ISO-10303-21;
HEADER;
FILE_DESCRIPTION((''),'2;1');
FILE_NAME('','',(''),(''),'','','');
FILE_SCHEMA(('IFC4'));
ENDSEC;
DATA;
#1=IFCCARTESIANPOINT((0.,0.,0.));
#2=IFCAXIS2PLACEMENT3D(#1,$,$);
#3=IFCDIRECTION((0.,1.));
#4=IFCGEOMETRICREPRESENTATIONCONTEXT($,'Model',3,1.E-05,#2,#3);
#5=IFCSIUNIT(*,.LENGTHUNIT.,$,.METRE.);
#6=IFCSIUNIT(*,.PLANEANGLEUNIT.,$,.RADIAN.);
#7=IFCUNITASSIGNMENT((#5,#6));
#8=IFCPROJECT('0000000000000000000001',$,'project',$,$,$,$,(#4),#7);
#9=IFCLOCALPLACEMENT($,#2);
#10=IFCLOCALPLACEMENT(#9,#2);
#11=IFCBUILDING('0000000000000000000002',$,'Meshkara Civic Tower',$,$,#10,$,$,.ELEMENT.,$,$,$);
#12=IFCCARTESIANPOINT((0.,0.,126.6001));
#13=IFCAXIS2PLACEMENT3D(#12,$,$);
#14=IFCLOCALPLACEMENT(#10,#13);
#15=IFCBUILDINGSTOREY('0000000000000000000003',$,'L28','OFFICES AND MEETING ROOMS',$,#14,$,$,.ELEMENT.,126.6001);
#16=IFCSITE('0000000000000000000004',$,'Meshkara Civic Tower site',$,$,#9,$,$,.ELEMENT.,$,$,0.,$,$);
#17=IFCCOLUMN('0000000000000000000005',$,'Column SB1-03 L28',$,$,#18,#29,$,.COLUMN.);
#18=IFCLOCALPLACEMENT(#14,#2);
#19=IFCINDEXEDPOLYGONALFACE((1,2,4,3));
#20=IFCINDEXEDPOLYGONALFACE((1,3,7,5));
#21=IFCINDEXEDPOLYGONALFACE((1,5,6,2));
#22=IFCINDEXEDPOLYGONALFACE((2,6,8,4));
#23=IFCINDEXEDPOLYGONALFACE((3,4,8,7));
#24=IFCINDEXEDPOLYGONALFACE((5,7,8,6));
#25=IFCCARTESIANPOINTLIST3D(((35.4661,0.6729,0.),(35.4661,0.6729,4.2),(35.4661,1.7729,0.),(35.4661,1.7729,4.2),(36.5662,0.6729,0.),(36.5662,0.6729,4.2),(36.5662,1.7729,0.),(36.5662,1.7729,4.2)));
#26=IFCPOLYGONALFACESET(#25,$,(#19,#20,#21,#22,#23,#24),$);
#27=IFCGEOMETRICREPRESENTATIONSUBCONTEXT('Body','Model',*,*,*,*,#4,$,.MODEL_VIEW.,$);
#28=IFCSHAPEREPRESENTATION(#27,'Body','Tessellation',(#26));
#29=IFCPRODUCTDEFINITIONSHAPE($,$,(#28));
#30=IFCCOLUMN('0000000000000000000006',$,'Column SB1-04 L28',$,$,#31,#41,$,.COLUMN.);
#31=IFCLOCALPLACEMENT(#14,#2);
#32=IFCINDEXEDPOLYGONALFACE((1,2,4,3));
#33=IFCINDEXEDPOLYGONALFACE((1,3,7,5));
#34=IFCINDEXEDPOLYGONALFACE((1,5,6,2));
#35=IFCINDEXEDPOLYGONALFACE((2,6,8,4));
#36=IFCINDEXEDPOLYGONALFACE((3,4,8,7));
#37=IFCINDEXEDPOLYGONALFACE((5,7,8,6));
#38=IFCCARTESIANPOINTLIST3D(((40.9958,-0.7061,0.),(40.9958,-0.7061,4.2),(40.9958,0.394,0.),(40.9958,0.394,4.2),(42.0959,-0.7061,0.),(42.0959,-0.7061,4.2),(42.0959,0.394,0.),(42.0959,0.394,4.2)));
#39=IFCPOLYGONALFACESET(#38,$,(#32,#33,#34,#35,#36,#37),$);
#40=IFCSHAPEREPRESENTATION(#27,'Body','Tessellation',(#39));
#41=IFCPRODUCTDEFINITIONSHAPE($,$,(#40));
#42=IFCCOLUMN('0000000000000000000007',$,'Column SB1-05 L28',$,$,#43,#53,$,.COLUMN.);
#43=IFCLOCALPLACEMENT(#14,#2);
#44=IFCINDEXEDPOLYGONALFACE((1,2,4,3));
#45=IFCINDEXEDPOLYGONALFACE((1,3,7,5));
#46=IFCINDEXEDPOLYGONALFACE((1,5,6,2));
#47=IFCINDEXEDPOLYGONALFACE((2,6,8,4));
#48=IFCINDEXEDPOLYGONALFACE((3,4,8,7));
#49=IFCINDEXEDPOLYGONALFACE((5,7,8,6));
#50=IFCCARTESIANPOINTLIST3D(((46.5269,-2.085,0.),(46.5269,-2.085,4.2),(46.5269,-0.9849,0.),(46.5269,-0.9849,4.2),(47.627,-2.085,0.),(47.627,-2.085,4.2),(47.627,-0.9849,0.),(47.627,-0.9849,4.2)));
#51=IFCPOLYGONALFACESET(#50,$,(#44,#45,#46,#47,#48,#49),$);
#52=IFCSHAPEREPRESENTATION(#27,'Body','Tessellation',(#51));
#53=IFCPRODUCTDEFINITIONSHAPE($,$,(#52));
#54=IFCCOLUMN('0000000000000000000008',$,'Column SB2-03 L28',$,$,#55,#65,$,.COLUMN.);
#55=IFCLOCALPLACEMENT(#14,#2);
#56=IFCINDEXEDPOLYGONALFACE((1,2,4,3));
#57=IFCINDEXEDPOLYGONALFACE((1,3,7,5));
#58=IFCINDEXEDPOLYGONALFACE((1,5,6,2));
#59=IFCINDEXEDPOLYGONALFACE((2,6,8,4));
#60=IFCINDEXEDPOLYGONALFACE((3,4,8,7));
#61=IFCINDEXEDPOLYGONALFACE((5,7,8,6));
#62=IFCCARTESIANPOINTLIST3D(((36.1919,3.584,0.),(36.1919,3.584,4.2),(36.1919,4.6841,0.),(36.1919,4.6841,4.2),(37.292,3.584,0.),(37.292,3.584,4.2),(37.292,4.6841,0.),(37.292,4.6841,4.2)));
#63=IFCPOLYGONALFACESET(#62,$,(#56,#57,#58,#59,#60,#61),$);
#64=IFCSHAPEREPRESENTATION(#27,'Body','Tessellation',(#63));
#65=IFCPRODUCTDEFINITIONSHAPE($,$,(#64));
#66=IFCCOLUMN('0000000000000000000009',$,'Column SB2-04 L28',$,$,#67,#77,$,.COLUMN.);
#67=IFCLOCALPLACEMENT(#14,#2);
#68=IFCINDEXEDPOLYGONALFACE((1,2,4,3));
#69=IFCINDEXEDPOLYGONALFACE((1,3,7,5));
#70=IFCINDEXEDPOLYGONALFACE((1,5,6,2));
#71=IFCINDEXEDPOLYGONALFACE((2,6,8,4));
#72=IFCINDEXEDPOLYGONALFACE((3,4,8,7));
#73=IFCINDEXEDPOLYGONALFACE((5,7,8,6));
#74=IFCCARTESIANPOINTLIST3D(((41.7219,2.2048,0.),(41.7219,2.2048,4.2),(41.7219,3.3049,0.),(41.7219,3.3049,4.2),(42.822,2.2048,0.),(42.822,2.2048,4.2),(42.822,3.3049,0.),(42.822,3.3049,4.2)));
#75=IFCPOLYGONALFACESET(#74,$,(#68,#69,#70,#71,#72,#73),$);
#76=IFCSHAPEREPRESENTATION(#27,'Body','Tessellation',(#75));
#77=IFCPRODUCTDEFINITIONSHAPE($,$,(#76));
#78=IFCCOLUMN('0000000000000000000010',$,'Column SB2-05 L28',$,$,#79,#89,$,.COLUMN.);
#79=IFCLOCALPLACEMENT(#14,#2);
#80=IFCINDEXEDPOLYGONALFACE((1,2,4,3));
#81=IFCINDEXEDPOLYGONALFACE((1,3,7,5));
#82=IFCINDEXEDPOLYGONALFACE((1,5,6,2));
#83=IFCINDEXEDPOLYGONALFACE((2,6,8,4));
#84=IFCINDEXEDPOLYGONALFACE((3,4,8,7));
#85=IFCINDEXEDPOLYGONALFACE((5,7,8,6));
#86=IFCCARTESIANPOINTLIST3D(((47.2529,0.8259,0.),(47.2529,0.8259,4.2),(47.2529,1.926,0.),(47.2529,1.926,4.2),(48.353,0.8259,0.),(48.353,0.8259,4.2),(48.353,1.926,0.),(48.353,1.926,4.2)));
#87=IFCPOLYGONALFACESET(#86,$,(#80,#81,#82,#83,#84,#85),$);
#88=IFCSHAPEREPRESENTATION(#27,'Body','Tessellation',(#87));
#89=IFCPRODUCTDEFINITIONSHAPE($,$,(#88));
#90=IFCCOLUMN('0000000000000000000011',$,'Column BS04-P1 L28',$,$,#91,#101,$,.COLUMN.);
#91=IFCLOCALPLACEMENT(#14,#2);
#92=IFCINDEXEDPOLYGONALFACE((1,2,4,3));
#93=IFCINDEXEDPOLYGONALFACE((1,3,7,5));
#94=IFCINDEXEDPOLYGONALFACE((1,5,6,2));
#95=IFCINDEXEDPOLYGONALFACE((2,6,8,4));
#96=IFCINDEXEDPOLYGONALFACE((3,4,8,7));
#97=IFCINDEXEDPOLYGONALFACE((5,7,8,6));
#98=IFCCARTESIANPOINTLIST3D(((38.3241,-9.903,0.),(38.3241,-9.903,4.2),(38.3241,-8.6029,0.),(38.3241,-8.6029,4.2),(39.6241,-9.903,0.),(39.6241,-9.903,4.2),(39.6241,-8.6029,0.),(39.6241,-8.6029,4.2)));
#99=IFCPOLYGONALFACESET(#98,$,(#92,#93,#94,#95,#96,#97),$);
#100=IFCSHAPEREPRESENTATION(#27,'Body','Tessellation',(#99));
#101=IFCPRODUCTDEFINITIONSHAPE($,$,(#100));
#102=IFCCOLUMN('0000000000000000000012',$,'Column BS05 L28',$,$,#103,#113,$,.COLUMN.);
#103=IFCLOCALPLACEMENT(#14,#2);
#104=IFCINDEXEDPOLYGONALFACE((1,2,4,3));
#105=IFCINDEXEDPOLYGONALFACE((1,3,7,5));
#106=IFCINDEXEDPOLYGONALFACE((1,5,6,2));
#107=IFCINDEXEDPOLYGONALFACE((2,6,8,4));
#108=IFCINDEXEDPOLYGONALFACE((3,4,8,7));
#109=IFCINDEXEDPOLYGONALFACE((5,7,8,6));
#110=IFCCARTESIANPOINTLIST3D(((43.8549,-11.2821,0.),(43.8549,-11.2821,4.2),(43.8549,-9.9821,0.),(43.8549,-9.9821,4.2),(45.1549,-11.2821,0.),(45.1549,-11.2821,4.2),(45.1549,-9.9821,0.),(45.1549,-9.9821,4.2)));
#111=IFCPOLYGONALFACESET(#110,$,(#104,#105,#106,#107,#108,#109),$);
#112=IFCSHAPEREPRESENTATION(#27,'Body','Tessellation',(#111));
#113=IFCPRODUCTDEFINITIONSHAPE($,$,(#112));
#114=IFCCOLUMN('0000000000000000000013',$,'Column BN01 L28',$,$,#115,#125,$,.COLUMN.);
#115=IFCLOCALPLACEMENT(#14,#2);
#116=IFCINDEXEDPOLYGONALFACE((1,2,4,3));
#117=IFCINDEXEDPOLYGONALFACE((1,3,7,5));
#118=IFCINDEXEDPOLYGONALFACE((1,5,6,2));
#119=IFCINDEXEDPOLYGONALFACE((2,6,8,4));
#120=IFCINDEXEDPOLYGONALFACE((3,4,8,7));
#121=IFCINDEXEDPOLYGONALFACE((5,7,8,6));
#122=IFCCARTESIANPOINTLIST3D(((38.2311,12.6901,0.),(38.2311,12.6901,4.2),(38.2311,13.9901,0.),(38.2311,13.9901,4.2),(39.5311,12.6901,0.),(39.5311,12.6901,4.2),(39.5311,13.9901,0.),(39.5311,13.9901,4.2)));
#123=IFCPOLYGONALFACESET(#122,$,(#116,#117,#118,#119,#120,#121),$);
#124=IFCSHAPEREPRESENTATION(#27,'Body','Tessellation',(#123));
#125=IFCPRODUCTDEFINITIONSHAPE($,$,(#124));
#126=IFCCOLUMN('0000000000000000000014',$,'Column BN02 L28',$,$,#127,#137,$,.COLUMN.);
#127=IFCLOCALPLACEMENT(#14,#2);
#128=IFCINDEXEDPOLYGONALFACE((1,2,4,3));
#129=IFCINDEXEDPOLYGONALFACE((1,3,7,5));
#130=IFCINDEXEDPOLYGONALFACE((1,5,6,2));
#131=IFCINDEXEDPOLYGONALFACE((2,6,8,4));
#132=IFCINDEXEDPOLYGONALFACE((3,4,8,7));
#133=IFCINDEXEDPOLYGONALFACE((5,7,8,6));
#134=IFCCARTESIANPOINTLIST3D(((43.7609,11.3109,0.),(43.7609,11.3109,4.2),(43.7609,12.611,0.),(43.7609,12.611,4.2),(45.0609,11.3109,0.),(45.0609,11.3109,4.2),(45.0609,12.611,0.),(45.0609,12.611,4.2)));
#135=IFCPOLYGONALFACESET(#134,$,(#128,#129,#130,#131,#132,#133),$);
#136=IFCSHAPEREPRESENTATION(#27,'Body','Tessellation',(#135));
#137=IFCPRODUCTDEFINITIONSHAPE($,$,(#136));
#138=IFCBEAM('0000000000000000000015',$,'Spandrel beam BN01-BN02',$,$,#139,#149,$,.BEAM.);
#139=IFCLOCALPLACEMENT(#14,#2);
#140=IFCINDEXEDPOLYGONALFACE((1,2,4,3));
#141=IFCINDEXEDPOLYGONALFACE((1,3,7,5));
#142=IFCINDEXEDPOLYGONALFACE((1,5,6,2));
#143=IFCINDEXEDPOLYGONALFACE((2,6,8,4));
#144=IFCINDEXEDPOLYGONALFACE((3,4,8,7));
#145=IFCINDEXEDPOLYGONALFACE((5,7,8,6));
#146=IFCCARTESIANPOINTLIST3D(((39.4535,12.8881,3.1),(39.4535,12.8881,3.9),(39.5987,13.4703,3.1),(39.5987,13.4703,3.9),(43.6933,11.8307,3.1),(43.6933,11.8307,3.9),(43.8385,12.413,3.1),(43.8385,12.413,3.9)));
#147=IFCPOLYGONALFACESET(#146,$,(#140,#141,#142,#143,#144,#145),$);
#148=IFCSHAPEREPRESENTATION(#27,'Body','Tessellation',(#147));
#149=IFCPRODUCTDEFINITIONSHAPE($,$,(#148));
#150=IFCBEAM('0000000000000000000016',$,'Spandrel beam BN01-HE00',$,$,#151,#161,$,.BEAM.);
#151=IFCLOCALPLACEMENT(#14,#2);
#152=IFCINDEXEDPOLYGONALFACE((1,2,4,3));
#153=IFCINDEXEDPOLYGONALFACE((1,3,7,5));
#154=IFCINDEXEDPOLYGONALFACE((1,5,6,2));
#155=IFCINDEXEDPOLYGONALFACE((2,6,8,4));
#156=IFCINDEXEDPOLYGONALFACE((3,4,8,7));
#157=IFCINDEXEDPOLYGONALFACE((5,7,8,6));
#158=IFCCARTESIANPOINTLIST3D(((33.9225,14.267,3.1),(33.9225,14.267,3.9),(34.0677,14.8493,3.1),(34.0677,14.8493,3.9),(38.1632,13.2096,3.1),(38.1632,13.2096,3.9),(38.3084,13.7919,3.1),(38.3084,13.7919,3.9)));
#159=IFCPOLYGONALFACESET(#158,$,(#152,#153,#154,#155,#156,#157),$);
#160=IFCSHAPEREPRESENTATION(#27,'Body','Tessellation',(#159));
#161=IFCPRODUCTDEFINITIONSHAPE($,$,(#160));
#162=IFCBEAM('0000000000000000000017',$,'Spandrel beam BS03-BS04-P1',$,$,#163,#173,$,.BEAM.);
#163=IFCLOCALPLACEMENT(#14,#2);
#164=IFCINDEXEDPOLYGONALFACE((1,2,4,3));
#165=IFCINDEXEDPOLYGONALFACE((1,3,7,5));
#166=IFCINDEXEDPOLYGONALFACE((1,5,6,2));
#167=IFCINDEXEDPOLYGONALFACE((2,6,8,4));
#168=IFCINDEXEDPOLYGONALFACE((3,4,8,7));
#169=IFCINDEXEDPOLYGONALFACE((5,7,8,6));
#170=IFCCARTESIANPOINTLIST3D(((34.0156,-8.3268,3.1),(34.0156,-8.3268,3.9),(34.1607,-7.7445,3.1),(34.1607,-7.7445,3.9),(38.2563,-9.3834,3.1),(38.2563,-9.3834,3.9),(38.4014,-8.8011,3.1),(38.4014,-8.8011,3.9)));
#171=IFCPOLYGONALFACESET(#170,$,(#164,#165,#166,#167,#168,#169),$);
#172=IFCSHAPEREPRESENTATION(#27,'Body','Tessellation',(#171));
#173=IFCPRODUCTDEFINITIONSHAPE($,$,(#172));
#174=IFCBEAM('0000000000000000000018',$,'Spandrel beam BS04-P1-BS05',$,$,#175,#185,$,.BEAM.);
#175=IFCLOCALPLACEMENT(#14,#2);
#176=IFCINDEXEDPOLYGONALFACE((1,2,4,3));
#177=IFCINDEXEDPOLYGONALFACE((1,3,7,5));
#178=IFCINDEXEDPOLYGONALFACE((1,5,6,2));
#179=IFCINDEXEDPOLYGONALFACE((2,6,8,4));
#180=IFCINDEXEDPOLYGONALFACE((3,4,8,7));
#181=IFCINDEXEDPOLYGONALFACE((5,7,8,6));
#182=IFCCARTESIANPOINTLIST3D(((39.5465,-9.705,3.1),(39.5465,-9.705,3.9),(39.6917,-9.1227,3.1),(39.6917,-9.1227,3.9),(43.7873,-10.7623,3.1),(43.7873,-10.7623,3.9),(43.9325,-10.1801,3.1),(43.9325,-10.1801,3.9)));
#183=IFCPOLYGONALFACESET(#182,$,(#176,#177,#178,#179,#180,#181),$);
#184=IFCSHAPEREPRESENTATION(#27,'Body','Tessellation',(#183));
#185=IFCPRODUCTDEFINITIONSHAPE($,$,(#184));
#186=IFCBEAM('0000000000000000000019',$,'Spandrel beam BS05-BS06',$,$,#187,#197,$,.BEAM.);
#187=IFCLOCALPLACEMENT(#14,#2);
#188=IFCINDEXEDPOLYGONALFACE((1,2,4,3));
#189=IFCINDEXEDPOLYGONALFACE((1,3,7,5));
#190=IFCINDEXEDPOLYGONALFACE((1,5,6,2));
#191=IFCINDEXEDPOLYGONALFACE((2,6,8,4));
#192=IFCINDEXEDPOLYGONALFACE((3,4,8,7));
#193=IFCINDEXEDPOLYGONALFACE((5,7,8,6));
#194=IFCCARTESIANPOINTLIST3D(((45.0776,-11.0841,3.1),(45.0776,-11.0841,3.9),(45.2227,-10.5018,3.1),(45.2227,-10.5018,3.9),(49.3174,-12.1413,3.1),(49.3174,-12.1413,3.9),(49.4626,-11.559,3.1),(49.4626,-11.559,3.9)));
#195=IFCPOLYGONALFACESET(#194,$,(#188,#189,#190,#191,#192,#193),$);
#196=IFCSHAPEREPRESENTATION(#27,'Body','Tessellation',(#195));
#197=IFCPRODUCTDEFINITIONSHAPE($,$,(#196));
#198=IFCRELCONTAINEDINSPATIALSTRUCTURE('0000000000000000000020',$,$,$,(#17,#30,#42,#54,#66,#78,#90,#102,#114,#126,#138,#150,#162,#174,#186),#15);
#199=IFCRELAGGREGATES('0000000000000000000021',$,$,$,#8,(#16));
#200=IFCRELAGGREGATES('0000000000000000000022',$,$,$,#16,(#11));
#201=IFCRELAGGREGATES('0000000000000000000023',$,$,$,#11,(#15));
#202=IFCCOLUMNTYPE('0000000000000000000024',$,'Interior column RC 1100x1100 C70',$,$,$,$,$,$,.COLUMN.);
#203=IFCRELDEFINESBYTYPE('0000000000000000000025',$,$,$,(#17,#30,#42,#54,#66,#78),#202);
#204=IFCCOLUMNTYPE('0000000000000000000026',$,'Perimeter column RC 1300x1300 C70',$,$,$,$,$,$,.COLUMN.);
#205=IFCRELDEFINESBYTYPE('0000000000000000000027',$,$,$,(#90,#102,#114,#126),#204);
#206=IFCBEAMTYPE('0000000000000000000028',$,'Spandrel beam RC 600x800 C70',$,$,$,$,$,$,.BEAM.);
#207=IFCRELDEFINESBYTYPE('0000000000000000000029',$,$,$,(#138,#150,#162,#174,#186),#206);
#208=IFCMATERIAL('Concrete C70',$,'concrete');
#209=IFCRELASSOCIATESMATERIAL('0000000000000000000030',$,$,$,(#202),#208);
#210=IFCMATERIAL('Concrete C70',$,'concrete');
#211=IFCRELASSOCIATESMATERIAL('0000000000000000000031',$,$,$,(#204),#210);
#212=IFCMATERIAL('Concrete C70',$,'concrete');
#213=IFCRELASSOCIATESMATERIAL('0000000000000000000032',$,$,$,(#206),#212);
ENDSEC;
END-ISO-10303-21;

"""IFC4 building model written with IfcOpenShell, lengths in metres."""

from ifc_helpers import new_model, si_unit, direction, frame, origin, origin_2d, place, context, subcontext, project, spatial, rectangle, extrude, material, material_profile, profile_set, type_object, element, save


model = new_model("IFC4")

# Units and contexts
model_context = context("Model", 3, precision=1e-05, world=origin(), true_north=direction((0.0, 1.0)))
body_context = subcontext(model_context, "Body", "Model", "MODEL_VIEW")
ifc_project = project(units=[si_unit("LENGTHUNIT", "METRE"), si_unit("PLANEANGLEUNIT", "RADIAN")], contexts=[model_context])

# Site, building, storey
site_placement = place(None, origin())
site = spatial("IfcSite", under=ifc_project, at=site_placement, Name="Meshkara Civic Tower site", CompositionType="ELEMENT", RefElevation=0.0)
building_placement = place(site_placement, origin())
building = spatial("IfcBuilding", under=site, at=building_placement, Name="Meshkara Civic Tower", CompositionType="ELEMENT")
storey_placement = place(building_placement, frame((0.0, 0.0, 126.6001)))
storey = spatial("IfcBuildingStorey", under=building, at=storey_placement, Name="L28", Description="OFFICES AND MEETING ROOMS", CompositionType="ELEMENT", Elevation=126.6001)

# Columns
ifc_material_1 = material(Name="Concrete C70", Category="concrete")
ifc_material_profile_1 = material_profile(ifc_material_1, rectangle(XDim=1.1001, YDim=1.1001, at=origin_2d()))
ifc_profile_set_1 = profile_set([ifc_material_profile_1], Name="Concrete C70")
column_type_1 = type_object("IfcColumnType", Name="Interior column RC 1100x1100 C70", PredefinedType="COLUMN", material=ifc_profile_set_1)
for number, where, z_axis, x_axis, name in (
    (1, (36.0161, 1.2229, 0.0), (0.0, 0.0, 1.0), (1.0, 0.0, 0.0), "Column SB1-03 L28"),
    (2, (41.5459, -0.156, 0.0), (0.0, 0.0, 1.0), (1.0, 0.0, 0.0), "Column SB1-04 L28"),
    (3, (47.0769, -1.5349, 0.0), (0.0, 0.0, 1.0), (1.0, 0.0, 0.0), "Column SB1-05 L28"),
    (4, (36.7419, 4.134, 0.0), (0.0, 0.0, 1.0), (1.0, 0.0, 0.0), "Column SB2-03 L28"),
    (5, (42.272, 2.7549, 0.0), (0.0, 0.0, 1.0), (1.0, 0.0, 0.0), "Column SB2-04 L28"),
    (6, (47.803, 1.376, 0.0), (0.0, 0.0, 1.0), (1.0, 0.0, 0.0), "Column SB2-05 L28"),
):
    element("IfcColumn", number, at=place(storey_placement, frame(where, z_axis=z_axis, x_axis=x_axis)), inside=storey, type_object=column_type_1, Name=name, PredefinedType="COLUMN", context=body_context, shape_type="SweptSolid", body=[
        extrude(rectangle(XDim=1.1001, YDim=1.1001, at=origin_2d()), origin(), (0.0, 0.0, 1.0), 4.2),
    ])
ifc_material_2 = material(Name="Concrete C70", Category="concrete")
ifc_material_profile_2 = material_profile(ifc_material_2, rectangle(XDim=1.3, YDim=1.3, at=origin_2d()))
ifc_profile_set_2 = profile_set([ifc_material_profile_2], Name="Concrete C70")
column_type_2 = type_object("IfcColumnType", Name="Perimeter column RC 1300x1300 C70", PredefinedType="COLUMN", material=ifc_profile_set_2)
for number, where, z_axis, x_axis, name in (
    (7, (38.9741, -9.2529, 0.0), (0.0, 0.0, 1.0), (1.0, 0.0, 0.0), "Column BS04-P1 L28"),
    (8, (44.5049, -10.6321, 0.0), (0.0, 0.0, 1.0), (1.0, 0.0, 0.0), "Column BS05 L28"),
    (9, (38.8811, 13.3401, 0.0), (0.0, 0.0, 1.0), (1.0, 0.0, 0.0), "Column BN01 L28"),
    (10, (44.4109, 11.9609, 0.0), (0.0, 0.0, 1.0), (1.0, 0.0, 0.0), "Column BN02 L28"),
):
    element("IfcColumn", number, at=place(storey_placement, frame(where, z_axis=z_axis, x_axis=x_axis)), inside=storey, type_object=column_type_2, Name=name, PredefinedType="COLUMN", context=body_context, shape_type="SweptSolid", body=[
        extrude(rectangle(XDim=1.3, YDim=1.3, at=origin_2d()), origin(), (0.0, 0.0, 1.0), 4.2),
    ])

# Beams
ifc_material_3 = material(Name="Concrete C70", Category="concrete")
ifc_material_profile_3 = material_profile(ifc_material_3, rectangle(XDim=0.6001, YDim=0.8, at=origin_2d()))
ifc_profile_set_3 = profile_set([ifc_material_profile_3], Name="Concrete C70")
beam_type = type_object("IfcBeamType", Name="Spandrel beam RC 600x800 C70", PredefinedType="BEAM", material=ifc_profile_set_3)
beam_1_placement = place(storey_placement, frame((43.7659, 12.1218, 3.5), z_axis=(-0.97028, 0.241983, 0.0), x_axis=(-0.241983, -0.97028, 0.0)))
element("IfcBeam", 11, at=beam_1_placement, inside=storey, type_object=beam_type, Name="Spandrel beam BN01-BN02", PredefinedType="BEAM", context=body_context, shape_type="SweptSolid", body=[
    extrude(rectangle(XDim=0.6001, YDim=0.8, at=origin_2d()), origin(), (0.0, 0.0, 1.0), 4.3696),
])
beam_2_placement = place(storey_placement, frame((38.2358, 13.5007, 3.5), z_axis=(-0.970293, 0.241931, 0.0), x_axis=(-0.241931, -0.970293, 0.0)))
element("IfcBeam", 12, at=beam_2_placement, inside=storey, type_object=beam_type, Name="Spandrel beam BN01-HE00", PredefinedType="BEAM", context=body_context, shape_type="SweptSolid", body=[
    extrude(rectangle(XDim=0.6001, YDim=0.8, at=origin_2d()), origin(), (0.0, 0.0, 1.0), 4.3706),
])
beam_3_placement = place(storey_placement, frame((34.0881, -8.0356, 3.5), z_axis=(0.970333, -0.241773, 0.0), x_axis=(0.241773, 0.970333, 0.0)))
element("IfcBeam", 13, at=beam_3_placement, inside=storey, type_object=beam_type, Name="Spandrel beam BS03-BS04-P1", PredefinedType="BEAM", context=body_context, shape_type="SweptSolid", body=[
    extrude(rectangle(XDim=0.6001, YDim=0.8, at=origin_2d()), origin(), (0.0, 0.0, 1.0), 4.3704),
])
beam_4_placement = place(storey_placement, frame((39.6191, -9.4138, 3.5), z_axis=(0.970293, -0.241931, 0.0), x_axis=(0.241931, 0.970293, 0.0)))
element("IfcBeam", 14, at=beam_4_placement, inside=storey, type_object=beam_type, Name="Spandrel beam BS04-P1-BS05", PredefinedType="BEAM", context=body_context, shape_type="SweptSolid", body=[
    extrude(rectangle(XDim=0.6001, YDim=0.8, at=origin_2d()), origin(), (0.0, 0.0, 1.0), 4.3706),
])
beam_5_placement = place(storey_placement, frame((45.1501, -10.793, 3.5), z_axis=(0.970293, -0.241931, 0.0), x_axis=(0.241931, 0.970293, 0.0)))
element("IfcBeam", 15, at=beam_5_placement, inside=storey, type_object=beam_type, Name="Spandrel beam BS05-BS06", PredefinedType="BEAM", context=body_context, shape_type="SweptSolid", body=[
    extrude(rectangle(XDim=0.6001, YDim=0.8, at=origin_2d()), origin(), (0.0, 0.0, 1.0), 4.3696),
])

save(model, "model.ifc")
